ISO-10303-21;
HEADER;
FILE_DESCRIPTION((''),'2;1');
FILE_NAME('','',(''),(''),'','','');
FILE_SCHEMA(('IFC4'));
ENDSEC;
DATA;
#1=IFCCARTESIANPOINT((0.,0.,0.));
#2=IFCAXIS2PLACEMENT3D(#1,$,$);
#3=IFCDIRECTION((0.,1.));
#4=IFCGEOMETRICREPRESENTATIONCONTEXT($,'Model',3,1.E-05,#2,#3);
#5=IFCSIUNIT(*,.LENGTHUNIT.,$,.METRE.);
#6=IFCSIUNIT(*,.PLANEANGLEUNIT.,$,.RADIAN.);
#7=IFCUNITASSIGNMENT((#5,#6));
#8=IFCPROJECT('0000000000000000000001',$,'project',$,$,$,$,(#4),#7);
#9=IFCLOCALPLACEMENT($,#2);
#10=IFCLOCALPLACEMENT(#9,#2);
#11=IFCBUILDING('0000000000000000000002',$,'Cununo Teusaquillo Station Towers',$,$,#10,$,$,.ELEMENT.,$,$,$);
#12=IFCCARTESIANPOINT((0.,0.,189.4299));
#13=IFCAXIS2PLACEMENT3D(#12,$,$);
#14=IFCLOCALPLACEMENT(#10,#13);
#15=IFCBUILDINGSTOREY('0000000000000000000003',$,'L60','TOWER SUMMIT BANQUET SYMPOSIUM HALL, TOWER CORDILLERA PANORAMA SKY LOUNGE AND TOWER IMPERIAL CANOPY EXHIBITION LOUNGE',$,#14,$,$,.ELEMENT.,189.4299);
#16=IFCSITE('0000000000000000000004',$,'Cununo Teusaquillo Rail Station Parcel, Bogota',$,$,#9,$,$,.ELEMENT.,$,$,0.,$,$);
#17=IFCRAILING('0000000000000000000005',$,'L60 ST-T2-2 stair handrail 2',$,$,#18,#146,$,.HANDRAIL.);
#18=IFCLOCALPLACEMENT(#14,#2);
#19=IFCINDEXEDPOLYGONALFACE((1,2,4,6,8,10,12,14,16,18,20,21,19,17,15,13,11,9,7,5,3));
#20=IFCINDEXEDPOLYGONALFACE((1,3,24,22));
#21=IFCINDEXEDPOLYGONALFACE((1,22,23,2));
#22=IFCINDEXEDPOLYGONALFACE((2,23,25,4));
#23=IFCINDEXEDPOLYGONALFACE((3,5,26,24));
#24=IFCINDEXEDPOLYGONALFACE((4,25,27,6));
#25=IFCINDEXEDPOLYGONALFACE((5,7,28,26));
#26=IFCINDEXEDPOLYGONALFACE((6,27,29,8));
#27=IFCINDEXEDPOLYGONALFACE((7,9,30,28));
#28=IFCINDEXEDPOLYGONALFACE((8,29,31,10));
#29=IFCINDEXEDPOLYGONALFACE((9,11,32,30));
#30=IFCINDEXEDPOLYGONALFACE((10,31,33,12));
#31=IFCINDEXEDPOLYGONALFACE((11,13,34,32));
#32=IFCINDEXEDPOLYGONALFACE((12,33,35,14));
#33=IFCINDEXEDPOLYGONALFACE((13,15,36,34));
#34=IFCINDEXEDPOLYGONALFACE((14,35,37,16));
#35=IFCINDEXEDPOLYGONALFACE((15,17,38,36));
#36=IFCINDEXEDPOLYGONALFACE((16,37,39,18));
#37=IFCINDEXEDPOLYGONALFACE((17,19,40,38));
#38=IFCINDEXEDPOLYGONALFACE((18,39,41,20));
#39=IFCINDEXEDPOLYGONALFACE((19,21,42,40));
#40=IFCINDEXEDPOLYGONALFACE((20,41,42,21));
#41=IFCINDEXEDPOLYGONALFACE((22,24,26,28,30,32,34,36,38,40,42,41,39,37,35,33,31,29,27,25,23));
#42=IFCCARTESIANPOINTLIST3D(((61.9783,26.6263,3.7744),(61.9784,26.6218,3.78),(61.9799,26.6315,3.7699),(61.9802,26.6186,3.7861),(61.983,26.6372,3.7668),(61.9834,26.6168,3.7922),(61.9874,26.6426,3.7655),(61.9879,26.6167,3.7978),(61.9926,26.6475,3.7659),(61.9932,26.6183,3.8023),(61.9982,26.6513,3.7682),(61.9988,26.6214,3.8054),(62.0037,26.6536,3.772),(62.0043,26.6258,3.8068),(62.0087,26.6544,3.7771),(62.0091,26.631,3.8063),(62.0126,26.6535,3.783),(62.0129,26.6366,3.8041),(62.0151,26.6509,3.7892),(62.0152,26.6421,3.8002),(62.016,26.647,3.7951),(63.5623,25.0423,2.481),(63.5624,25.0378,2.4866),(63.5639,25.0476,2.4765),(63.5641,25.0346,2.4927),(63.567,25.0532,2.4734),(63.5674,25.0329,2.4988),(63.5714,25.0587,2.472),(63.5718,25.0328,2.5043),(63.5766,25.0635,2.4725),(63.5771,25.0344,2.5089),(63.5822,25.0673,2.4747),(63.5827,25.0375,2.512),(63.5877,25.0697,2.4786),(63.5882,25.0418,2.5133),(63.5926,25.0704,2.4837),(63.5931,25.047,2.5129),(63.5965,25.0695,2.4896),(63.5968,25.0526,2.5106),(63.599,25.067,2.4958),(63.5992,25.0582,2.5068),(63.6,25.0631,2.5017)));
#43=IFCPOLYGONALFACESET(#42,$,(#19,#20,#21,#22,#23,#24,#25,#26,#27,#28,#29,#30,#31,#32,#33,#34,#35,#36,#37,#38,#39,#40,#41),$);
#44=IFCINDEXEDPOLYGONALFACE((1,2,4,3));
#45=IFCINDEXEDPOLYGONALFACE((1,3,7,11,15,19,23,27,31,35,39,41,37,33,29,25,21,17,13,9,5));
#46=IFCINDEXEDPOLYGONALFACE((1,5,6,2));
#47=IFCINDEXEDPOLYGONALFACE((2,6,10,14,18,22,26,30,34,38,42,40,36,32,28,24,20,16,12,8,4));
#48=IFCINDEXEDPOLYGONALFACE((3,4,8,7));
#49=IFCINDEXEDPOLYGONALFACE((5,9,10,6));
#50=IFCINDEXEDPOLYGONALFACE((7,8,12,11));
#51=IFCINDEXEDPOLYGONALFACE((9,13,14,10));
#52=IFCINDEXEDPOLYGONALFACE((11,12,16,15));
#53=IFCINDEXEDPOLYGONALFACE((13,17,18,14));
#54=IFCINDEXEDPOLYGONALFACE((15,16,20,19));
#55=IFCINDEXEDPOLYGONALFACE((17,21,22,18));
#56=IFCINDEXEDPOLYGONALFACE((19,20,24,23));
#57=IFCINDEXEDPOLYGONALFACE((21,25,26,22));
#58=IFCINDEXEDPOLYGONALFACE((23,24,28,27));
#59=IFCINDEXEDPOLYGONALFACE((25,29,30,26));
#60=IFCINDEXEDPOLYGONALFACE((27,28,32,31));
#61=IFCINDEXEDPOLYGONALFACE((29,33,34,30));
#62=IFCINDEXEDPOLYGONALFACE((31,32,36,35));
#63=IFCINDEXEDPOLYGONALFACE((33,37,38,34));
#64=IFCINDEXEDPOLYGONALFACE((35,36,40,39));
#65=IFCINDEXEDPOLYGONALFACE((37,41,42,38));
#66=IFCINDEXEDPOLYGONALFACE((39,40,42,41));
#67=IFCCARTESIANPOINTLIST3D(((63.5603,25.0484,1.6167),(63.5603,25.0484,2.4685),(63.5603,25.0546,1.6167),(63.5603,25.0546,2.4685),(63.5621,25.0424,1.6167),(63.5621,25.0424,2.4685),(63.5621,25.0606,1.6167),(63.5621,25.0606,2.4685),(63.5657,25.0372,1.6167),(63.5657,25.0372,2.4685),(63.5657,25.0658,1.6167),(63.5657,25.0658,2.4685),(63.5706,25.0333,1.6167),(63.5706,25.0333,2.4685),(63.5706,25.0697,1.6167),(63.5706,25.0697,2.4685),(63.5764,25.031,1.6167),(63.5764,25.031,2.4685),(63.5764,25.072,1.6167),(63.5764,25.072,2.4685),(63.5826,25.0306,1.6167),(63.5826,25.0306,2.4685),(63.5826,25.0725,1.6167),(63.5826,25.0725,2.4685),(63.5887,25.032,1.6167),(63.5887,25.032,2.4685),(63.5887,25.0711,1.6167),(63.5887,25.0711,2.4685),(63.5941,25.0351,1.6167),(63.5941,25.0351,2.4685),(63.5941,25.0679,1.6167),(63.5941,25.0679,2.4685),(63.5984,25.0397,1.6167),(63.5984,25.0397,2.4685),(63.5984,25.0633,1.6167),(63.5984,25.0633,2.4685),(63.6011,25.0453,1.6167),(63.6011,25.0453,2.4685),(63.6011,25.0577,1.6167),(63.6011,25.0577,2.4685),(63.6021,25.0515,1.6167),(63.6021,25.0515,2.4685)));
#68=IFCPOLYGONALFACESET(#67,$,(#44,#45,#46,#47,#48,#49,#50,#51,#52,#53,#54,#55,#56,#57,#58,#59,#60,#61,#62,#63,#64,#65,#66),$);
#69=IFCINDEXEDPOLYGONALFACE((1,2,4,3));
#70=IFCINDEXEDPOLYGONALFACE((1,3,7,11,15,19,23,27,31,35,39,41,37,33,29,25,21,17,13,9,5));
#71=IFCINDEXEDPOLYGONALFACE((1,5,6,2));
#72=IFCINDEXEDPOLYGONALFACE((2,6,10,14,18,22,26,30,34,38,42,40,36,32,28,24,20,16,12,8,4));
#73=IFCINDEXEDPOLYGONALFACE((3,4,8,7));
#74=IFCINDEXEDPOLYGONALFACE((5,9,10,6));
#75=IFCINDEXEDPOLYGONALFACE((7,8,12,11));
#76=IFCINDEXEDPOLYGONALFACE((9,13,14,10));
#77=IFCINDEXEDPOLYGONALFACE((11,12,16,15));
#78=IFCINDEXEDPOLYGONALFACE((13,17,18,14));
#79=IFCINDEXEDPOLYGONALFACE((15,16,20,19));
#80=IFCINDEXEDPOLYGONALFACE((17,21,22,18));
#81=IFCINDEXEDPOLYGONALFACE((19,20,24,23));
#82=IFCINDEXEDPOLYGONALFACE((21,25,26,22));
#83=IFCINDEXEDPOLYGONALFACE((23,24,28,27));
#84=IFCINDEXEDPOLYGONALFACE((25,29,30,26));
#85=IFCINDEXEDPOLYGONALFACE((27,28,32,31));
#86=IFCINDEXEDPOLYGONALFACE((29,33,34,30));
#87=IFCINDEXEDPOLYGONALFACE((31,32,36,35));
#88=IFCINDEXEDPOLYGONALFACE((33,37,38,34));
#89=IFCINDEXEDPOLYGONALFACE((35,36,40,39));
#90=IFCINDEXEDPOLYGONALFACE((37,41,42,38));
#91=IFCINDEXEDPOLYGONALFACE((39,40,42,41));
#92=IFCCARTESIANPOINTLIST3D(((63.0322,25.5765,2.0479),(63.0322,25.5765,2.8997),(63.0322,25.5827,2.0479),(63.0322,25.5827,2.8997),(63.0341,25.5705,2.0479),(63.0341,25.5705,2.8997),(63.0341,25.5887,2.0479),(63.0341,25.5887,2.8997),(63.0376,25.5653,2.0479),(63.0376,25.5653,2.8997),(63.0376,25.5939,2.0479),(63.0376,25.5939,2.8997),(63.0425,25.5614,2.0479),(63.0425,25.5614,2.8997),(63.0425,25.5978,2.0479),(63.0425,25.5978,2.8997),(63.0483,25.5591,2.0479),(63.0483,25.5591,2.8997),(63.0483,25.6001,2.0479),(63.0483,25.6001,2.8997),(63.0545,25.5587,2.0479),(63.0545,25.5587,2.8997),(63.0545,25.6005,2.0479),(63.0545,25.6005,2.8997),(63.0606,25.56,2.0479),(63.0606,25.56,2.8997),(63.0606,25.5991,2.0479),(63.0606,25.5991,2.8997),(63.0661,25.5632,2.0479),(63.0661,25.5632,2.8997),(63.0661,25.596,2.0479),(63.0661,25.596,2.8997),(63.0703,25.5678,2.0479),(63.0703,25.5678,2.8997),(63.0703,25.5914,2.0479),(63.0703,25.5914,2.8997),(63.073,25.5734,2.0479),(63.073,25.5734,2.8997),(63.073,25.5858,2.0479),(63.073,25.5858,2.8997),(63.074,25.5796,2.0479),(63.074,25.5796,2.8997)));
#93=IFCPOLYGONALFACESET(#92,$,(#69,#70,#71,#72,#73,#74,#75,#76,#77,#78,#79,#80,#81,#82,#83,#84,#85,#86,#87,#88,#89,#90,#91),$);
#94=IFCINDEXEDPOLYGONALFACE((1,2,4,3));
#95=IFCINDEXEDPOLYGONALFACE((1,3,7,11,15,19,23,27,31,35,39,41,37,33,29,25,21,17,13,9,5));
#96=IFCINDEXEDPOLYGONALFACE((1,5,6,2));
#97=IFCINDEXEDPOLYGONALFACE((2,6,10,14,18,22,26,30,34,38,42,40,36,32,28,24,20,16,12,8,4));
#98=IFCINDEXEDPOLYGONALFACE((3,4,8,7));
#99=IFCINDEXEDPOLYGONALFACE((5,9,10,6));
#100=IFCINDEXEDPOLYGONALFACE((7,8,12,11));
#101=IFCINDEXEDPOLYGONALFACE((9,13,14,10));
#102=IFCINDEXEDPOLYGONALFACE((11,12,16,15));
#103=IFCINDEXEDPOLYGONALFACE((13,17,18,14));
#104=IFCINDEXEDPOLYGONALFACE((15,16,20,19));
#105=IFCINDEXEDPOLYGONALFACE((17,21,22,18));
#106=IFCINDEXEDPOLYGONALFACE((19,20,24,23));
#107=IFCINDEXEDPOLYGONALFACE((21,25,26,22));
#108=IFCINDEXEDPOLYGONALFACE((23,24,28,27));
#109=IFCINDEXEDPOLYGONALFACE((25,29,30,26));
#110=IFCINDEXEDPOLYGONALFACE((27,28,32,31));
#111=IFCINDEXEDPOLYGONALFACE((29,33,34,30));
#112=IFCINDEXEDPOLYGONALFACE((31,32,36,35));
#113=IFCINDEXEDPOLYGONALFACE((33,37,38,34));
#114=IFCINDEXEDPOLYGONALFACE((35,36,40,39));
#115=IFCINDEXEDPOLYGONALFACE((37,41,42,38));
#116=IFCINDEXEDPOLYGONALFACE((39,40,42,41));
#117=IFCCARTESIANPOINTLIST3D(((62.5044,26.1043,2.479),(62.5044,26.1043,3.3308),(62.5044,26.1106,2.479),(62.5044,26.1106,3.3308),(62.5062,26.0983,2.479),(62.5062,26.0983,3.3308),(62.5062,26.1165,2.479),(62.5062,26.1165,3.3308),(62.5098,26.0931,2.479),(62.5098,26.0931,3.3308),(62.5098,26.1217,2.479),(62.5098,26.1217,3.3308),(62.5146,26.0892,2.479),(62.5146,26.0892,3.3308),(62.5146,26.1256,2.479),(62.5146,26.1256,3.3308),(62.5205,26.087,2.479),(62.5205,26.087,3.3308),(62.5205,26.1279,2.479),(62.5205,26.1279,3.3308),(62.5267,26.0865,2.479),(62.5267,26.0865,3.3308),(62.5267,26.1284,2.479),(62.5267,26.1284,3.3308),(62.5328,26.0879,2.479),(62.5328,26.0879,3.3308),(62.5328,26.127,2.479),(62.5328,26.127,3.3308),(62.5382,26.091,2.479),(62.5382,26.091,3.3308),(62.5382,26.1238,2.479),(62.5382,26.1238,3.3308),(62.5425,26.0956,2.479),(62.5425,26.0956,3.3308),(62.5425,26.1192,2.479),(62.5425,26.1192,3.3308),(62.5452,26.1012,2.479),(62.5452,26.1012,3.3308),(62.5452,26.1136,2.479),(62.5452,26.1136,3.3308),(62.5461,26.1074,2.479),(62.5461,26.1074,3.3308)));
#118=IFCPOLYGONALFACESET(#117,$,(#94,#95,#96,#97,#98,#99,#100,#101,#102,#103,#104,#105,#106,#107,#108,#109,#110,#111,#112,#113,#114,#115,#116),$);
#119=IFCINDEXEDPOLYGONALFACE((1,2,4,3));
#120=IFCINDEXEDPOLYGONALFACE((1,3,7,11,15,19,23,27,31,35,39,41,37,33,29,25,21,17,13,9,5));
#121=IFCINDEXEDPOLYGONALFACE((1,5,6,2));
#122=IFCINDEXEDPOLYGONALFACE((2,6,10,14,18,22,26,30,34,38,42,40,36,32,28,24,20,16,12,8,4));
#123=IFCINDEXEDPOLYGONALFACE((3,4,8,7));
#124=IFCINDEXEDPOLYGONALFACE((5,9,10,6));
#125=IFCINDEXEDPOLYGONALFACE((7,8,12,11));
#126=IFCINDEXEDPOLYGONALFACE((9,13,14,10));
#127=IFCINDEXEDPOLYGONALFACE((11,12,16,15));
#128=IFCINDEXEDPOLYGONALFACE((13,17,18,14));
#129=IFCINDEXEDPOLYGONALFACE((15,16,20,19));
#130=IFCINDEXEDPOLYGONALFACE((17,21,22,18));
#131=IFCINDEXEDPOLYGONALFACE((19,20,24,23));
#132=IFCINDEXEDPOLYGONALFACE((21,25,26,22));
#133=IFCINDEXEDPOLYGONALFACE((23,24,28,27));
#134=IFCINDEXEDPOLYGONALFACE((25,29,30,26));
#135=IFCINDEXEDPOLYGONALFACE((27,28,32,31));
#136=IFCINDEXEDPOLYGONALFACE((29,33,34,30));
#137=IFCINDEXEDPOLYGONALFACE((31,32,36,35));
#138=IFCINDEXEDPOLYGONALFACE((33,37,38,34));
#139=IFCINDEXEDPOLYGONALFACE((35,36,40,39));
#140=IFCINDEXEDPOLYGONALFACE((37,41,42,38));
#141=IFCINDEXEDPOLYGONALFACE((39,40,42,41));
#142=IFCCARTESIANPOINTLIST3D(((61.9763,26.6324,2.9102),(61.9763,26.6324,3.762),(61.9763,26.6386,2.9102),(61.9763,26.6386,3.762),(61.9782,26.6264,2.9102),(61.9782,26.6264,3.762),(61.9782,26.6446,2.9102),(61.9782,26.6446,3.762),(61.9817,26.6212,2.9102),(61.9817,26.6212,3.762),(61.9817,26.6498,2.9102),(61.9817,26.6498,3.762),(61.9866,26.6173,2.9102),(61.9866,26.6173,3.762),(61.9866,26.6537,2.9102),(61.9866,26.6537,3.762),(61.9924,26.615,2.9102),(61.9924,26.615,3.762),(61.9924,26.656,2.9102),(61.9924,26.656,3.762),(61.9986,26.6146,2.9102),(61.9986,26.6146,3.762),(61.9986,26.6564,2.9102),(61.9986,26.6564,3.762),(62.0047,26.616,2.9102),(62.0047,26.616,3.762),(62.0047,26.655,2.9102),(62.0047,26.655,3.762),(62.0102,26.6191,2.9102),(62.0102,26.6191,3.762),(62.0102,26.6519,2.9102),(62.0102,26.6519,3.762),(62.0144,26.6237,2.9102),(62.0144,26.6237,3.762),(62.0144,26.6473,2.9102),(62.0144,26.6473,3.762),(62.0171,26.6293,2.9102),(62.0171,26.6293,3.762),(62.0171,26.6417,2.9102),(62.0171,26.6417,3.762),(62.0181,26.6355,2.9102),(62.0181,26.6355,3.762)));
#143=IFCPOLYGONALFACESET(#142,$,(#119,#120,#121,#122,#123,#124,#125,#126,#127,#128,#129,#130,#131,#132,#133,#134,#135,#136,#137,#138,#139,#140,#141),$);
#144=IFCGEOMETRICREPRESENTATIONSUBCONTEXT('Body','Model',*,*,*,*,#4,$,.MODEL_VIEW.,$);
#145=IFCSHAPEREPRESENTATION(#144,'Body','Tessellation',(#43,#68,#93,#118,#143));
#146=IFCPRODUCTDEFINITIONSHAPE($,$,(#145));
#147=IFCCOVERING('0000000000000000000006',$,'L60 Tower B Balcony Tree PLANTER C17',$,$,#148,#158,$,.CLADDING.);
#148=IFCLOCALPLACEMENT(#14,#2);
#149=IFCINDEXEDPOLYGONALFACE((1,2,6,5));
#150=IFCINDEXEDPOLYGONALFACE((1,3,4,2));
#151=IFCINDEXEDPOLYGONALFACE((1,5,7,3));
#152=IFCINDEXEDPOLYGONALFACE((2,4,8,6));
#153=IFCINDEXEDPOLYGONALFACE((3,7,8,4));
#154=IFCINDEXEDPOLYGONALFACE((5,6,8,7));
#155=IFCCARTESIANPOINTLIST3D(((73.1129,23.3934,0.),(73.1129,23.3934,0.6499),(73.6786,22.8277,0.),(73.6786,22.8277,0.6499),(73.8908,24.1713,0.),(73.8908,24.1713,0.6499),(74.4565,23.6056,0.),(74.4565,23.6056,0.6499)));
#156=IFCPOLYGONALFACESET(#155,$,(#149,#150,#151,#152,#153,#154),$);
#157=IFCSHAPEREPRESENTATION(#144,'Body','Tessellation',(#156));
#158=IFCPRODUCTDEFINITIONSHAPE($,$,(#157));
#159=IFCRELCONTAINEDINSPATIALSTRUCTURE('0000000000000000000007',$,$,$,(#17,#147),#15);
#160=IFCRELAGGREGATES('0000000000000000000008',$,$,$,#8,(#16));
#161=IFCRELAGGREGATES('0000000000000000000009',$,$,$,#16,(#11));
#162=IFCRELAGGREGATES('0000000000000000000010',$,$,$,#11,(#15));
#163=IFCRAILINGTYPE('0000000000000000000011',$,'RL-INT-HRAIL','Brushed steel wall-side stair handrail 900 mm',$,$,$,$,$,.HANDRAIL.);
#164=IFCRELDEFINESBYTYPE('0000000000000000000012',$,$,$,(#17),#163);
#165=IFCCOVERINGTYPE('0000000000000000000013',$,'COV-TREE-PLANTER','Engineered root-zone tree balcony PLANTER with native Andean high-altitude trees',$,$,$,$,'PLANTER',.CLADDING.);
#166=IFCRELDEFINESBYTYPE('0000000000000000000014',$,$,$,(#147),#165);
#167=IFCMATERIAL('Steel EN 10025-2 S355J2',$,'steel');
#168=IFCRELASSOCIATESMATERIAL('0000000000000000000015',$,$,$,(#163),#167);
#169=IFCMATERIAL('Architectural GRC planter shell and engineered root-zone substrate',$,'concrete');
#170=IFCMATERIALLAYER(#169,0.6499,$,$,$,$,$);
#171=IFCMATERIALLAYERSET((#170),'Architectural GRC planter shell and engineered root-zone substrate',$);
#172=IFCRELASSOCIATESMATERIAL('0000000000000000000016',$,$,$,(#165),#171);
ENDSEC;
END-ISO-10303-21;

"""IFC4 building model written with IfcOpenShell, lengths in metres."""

from ifc_helpers import new_model, si_unit, direction, frame, origin, origin_2d, place, context, subcontext, project, spatial, rectangle, circle, extrude, source, transform, mapped, material, layer, layer_set, type_object, element, save


model = new_model("IFC4")

# Units and contexts
model_context = context("Model", 3, precision=1e-05, world=origin(), true_north=direction((0.0, 1.0)))
body_context = subcontext(model_context, "Body", "Model", "MODEL_VIEW")
ifc_project = project(units=[si_unit("LENGTHUNIT", "METRE"), si_unit("PLANEANGLEUNIT", "RADIAN")], contexts=[model_context])

# Site, building, storey
site_placement = place(None, origin())
site = spatial("IfcSite", under=ifc_project, at=site_placement, Name="Cununo Teusaquillo Rail Station Parcel, Bogota", CompositionType="ELEMENT", RefElevation=0.0)
building_placement = place(site_placement, origin())
building = spatial("IfcBuilding", under=site, at=building_placement, Name="Cununo Teusaquillo Station Towers", CompositionType="ELEMENT")
storey_placement = place(building_placement, frame((0.0, 0.0, 189.4299)))
storey = spatial("IfcBuildingStorey", under=building, at=storey_placement, Name="L60", Description="TOWER SUMMIT BANQUET SYMPOSIUM HALL, TOWER CORDILLERA PANORAMA SKY LOUNGE AND TOWER IMPERIAL CANOPY EXHIBITION LOUNGE", CompositionType="ELEMENT", Elevation=189.4299)

# Railing
ifc_material_1 = material(Name="Steel EN 10025-2 S355J2", Category="steel")
railing_type_1 = type_object("IfcRailingType", Name="RL-INT-HRAIL", Description="Brushed steel wall-side stair handrail 900 mm", PredefinedType="HANDRAIL", material=ifc_material_1)
railing_1_placement = place(storey_placement, frame((63.5811, 25.0515, 1.6167)))
element("IfcRailing", 1, at=railing_1_placement, inside=storey, type_object=railing_type_1, Name="L60 ST-T2-2 stair handrail 2", PredefinedType="HANDRAIL", context=body_context, shape_type="SweptSolid", body=[
    extrude(circle(Radius=0.0239, at=origin_2d()), frame((0.0, 0.0, 0.876), z_axis=(-0.612356, 0.612356, 0.50004), x_axis=(-0.707107, -0.707107, 0.0)), (0.0, 0.0, 1.0), 2.5867),
    extrude(circle(Radius=0.021, at=origin_2d()), origin(), (0.0, 0.0, 1.0), 0.8518),
    extrude(circle(Radius=0.021, at=origin_2d()), frame((-0.5281, 0.5281, 0.4312)), (0.0, 0.0, 1.0), 0.8518),
    extrude(circle(Radius=0.021, at=origin_2d()), frame((-1.0559, 1.0559, 0.8623)), (0.0, 0.0, 1.0), 0.8518),
    extrude(circle(Radius=0.021, at=origin_2d()), frame((-1.584, 1.584, 1.2935)), (0.0, 0.0, 1.0), 0.8518),
])

# Covering
ifc_material_2 = material(Name="Architectural GRC planter shell and engineered root-zone substrate", Category="concrete")
ifc_layer_1 = layer(ifc_material_2, 0.6499)
ifc_layer_set_1 = layer_set([ifc_layer_1], Name="Architectural GRC planter shell and engineered root-zone substrate")
covering_type = type_object("IfcCoveringType", Name="COV-TREE-PLANTER", Description="Engineered root-zone tree balcony PLANTER with native Andean high-altitude trees", ElementType="PLANTER", PredefinedType="CLADDING", material=ifc_layer_set_1)
shared_shape_1 = source(origin(), body_context, "Body", "SweptSolid", [
    extrude(rectangle(XDim=1.1001, YDim=0.8, at=origin_2d()), origin(), (0.0, 0.0, 1.0), 0.6499),
])
covering_placement = place(storey_placement, frame((73.7847, 23.4995, 0.0), z_axis=(0.0, 0.0, 1.0), x_axis=(0.707107, 0.707107, 0.0)))
element("IfcCovering", 2, at=covering_placement, inside=storey, type_object=covering_type, Name="L60 Tower B Balcony Tree PLANTER C17", PredefinedType="CLADDING", context=body_context, shape_type="MappedRepresentation", body=[
    mapped(shared_shape_1, transform((0.0, 0.0, 0.0), x_axis=(1.0, 0.0, 0.0), y_axis=(0.0, 1.0, 0.0), z_axis=(0.0, 0.0, 1.0), scale=1.0)),
])

save(model, "model.ifc")
